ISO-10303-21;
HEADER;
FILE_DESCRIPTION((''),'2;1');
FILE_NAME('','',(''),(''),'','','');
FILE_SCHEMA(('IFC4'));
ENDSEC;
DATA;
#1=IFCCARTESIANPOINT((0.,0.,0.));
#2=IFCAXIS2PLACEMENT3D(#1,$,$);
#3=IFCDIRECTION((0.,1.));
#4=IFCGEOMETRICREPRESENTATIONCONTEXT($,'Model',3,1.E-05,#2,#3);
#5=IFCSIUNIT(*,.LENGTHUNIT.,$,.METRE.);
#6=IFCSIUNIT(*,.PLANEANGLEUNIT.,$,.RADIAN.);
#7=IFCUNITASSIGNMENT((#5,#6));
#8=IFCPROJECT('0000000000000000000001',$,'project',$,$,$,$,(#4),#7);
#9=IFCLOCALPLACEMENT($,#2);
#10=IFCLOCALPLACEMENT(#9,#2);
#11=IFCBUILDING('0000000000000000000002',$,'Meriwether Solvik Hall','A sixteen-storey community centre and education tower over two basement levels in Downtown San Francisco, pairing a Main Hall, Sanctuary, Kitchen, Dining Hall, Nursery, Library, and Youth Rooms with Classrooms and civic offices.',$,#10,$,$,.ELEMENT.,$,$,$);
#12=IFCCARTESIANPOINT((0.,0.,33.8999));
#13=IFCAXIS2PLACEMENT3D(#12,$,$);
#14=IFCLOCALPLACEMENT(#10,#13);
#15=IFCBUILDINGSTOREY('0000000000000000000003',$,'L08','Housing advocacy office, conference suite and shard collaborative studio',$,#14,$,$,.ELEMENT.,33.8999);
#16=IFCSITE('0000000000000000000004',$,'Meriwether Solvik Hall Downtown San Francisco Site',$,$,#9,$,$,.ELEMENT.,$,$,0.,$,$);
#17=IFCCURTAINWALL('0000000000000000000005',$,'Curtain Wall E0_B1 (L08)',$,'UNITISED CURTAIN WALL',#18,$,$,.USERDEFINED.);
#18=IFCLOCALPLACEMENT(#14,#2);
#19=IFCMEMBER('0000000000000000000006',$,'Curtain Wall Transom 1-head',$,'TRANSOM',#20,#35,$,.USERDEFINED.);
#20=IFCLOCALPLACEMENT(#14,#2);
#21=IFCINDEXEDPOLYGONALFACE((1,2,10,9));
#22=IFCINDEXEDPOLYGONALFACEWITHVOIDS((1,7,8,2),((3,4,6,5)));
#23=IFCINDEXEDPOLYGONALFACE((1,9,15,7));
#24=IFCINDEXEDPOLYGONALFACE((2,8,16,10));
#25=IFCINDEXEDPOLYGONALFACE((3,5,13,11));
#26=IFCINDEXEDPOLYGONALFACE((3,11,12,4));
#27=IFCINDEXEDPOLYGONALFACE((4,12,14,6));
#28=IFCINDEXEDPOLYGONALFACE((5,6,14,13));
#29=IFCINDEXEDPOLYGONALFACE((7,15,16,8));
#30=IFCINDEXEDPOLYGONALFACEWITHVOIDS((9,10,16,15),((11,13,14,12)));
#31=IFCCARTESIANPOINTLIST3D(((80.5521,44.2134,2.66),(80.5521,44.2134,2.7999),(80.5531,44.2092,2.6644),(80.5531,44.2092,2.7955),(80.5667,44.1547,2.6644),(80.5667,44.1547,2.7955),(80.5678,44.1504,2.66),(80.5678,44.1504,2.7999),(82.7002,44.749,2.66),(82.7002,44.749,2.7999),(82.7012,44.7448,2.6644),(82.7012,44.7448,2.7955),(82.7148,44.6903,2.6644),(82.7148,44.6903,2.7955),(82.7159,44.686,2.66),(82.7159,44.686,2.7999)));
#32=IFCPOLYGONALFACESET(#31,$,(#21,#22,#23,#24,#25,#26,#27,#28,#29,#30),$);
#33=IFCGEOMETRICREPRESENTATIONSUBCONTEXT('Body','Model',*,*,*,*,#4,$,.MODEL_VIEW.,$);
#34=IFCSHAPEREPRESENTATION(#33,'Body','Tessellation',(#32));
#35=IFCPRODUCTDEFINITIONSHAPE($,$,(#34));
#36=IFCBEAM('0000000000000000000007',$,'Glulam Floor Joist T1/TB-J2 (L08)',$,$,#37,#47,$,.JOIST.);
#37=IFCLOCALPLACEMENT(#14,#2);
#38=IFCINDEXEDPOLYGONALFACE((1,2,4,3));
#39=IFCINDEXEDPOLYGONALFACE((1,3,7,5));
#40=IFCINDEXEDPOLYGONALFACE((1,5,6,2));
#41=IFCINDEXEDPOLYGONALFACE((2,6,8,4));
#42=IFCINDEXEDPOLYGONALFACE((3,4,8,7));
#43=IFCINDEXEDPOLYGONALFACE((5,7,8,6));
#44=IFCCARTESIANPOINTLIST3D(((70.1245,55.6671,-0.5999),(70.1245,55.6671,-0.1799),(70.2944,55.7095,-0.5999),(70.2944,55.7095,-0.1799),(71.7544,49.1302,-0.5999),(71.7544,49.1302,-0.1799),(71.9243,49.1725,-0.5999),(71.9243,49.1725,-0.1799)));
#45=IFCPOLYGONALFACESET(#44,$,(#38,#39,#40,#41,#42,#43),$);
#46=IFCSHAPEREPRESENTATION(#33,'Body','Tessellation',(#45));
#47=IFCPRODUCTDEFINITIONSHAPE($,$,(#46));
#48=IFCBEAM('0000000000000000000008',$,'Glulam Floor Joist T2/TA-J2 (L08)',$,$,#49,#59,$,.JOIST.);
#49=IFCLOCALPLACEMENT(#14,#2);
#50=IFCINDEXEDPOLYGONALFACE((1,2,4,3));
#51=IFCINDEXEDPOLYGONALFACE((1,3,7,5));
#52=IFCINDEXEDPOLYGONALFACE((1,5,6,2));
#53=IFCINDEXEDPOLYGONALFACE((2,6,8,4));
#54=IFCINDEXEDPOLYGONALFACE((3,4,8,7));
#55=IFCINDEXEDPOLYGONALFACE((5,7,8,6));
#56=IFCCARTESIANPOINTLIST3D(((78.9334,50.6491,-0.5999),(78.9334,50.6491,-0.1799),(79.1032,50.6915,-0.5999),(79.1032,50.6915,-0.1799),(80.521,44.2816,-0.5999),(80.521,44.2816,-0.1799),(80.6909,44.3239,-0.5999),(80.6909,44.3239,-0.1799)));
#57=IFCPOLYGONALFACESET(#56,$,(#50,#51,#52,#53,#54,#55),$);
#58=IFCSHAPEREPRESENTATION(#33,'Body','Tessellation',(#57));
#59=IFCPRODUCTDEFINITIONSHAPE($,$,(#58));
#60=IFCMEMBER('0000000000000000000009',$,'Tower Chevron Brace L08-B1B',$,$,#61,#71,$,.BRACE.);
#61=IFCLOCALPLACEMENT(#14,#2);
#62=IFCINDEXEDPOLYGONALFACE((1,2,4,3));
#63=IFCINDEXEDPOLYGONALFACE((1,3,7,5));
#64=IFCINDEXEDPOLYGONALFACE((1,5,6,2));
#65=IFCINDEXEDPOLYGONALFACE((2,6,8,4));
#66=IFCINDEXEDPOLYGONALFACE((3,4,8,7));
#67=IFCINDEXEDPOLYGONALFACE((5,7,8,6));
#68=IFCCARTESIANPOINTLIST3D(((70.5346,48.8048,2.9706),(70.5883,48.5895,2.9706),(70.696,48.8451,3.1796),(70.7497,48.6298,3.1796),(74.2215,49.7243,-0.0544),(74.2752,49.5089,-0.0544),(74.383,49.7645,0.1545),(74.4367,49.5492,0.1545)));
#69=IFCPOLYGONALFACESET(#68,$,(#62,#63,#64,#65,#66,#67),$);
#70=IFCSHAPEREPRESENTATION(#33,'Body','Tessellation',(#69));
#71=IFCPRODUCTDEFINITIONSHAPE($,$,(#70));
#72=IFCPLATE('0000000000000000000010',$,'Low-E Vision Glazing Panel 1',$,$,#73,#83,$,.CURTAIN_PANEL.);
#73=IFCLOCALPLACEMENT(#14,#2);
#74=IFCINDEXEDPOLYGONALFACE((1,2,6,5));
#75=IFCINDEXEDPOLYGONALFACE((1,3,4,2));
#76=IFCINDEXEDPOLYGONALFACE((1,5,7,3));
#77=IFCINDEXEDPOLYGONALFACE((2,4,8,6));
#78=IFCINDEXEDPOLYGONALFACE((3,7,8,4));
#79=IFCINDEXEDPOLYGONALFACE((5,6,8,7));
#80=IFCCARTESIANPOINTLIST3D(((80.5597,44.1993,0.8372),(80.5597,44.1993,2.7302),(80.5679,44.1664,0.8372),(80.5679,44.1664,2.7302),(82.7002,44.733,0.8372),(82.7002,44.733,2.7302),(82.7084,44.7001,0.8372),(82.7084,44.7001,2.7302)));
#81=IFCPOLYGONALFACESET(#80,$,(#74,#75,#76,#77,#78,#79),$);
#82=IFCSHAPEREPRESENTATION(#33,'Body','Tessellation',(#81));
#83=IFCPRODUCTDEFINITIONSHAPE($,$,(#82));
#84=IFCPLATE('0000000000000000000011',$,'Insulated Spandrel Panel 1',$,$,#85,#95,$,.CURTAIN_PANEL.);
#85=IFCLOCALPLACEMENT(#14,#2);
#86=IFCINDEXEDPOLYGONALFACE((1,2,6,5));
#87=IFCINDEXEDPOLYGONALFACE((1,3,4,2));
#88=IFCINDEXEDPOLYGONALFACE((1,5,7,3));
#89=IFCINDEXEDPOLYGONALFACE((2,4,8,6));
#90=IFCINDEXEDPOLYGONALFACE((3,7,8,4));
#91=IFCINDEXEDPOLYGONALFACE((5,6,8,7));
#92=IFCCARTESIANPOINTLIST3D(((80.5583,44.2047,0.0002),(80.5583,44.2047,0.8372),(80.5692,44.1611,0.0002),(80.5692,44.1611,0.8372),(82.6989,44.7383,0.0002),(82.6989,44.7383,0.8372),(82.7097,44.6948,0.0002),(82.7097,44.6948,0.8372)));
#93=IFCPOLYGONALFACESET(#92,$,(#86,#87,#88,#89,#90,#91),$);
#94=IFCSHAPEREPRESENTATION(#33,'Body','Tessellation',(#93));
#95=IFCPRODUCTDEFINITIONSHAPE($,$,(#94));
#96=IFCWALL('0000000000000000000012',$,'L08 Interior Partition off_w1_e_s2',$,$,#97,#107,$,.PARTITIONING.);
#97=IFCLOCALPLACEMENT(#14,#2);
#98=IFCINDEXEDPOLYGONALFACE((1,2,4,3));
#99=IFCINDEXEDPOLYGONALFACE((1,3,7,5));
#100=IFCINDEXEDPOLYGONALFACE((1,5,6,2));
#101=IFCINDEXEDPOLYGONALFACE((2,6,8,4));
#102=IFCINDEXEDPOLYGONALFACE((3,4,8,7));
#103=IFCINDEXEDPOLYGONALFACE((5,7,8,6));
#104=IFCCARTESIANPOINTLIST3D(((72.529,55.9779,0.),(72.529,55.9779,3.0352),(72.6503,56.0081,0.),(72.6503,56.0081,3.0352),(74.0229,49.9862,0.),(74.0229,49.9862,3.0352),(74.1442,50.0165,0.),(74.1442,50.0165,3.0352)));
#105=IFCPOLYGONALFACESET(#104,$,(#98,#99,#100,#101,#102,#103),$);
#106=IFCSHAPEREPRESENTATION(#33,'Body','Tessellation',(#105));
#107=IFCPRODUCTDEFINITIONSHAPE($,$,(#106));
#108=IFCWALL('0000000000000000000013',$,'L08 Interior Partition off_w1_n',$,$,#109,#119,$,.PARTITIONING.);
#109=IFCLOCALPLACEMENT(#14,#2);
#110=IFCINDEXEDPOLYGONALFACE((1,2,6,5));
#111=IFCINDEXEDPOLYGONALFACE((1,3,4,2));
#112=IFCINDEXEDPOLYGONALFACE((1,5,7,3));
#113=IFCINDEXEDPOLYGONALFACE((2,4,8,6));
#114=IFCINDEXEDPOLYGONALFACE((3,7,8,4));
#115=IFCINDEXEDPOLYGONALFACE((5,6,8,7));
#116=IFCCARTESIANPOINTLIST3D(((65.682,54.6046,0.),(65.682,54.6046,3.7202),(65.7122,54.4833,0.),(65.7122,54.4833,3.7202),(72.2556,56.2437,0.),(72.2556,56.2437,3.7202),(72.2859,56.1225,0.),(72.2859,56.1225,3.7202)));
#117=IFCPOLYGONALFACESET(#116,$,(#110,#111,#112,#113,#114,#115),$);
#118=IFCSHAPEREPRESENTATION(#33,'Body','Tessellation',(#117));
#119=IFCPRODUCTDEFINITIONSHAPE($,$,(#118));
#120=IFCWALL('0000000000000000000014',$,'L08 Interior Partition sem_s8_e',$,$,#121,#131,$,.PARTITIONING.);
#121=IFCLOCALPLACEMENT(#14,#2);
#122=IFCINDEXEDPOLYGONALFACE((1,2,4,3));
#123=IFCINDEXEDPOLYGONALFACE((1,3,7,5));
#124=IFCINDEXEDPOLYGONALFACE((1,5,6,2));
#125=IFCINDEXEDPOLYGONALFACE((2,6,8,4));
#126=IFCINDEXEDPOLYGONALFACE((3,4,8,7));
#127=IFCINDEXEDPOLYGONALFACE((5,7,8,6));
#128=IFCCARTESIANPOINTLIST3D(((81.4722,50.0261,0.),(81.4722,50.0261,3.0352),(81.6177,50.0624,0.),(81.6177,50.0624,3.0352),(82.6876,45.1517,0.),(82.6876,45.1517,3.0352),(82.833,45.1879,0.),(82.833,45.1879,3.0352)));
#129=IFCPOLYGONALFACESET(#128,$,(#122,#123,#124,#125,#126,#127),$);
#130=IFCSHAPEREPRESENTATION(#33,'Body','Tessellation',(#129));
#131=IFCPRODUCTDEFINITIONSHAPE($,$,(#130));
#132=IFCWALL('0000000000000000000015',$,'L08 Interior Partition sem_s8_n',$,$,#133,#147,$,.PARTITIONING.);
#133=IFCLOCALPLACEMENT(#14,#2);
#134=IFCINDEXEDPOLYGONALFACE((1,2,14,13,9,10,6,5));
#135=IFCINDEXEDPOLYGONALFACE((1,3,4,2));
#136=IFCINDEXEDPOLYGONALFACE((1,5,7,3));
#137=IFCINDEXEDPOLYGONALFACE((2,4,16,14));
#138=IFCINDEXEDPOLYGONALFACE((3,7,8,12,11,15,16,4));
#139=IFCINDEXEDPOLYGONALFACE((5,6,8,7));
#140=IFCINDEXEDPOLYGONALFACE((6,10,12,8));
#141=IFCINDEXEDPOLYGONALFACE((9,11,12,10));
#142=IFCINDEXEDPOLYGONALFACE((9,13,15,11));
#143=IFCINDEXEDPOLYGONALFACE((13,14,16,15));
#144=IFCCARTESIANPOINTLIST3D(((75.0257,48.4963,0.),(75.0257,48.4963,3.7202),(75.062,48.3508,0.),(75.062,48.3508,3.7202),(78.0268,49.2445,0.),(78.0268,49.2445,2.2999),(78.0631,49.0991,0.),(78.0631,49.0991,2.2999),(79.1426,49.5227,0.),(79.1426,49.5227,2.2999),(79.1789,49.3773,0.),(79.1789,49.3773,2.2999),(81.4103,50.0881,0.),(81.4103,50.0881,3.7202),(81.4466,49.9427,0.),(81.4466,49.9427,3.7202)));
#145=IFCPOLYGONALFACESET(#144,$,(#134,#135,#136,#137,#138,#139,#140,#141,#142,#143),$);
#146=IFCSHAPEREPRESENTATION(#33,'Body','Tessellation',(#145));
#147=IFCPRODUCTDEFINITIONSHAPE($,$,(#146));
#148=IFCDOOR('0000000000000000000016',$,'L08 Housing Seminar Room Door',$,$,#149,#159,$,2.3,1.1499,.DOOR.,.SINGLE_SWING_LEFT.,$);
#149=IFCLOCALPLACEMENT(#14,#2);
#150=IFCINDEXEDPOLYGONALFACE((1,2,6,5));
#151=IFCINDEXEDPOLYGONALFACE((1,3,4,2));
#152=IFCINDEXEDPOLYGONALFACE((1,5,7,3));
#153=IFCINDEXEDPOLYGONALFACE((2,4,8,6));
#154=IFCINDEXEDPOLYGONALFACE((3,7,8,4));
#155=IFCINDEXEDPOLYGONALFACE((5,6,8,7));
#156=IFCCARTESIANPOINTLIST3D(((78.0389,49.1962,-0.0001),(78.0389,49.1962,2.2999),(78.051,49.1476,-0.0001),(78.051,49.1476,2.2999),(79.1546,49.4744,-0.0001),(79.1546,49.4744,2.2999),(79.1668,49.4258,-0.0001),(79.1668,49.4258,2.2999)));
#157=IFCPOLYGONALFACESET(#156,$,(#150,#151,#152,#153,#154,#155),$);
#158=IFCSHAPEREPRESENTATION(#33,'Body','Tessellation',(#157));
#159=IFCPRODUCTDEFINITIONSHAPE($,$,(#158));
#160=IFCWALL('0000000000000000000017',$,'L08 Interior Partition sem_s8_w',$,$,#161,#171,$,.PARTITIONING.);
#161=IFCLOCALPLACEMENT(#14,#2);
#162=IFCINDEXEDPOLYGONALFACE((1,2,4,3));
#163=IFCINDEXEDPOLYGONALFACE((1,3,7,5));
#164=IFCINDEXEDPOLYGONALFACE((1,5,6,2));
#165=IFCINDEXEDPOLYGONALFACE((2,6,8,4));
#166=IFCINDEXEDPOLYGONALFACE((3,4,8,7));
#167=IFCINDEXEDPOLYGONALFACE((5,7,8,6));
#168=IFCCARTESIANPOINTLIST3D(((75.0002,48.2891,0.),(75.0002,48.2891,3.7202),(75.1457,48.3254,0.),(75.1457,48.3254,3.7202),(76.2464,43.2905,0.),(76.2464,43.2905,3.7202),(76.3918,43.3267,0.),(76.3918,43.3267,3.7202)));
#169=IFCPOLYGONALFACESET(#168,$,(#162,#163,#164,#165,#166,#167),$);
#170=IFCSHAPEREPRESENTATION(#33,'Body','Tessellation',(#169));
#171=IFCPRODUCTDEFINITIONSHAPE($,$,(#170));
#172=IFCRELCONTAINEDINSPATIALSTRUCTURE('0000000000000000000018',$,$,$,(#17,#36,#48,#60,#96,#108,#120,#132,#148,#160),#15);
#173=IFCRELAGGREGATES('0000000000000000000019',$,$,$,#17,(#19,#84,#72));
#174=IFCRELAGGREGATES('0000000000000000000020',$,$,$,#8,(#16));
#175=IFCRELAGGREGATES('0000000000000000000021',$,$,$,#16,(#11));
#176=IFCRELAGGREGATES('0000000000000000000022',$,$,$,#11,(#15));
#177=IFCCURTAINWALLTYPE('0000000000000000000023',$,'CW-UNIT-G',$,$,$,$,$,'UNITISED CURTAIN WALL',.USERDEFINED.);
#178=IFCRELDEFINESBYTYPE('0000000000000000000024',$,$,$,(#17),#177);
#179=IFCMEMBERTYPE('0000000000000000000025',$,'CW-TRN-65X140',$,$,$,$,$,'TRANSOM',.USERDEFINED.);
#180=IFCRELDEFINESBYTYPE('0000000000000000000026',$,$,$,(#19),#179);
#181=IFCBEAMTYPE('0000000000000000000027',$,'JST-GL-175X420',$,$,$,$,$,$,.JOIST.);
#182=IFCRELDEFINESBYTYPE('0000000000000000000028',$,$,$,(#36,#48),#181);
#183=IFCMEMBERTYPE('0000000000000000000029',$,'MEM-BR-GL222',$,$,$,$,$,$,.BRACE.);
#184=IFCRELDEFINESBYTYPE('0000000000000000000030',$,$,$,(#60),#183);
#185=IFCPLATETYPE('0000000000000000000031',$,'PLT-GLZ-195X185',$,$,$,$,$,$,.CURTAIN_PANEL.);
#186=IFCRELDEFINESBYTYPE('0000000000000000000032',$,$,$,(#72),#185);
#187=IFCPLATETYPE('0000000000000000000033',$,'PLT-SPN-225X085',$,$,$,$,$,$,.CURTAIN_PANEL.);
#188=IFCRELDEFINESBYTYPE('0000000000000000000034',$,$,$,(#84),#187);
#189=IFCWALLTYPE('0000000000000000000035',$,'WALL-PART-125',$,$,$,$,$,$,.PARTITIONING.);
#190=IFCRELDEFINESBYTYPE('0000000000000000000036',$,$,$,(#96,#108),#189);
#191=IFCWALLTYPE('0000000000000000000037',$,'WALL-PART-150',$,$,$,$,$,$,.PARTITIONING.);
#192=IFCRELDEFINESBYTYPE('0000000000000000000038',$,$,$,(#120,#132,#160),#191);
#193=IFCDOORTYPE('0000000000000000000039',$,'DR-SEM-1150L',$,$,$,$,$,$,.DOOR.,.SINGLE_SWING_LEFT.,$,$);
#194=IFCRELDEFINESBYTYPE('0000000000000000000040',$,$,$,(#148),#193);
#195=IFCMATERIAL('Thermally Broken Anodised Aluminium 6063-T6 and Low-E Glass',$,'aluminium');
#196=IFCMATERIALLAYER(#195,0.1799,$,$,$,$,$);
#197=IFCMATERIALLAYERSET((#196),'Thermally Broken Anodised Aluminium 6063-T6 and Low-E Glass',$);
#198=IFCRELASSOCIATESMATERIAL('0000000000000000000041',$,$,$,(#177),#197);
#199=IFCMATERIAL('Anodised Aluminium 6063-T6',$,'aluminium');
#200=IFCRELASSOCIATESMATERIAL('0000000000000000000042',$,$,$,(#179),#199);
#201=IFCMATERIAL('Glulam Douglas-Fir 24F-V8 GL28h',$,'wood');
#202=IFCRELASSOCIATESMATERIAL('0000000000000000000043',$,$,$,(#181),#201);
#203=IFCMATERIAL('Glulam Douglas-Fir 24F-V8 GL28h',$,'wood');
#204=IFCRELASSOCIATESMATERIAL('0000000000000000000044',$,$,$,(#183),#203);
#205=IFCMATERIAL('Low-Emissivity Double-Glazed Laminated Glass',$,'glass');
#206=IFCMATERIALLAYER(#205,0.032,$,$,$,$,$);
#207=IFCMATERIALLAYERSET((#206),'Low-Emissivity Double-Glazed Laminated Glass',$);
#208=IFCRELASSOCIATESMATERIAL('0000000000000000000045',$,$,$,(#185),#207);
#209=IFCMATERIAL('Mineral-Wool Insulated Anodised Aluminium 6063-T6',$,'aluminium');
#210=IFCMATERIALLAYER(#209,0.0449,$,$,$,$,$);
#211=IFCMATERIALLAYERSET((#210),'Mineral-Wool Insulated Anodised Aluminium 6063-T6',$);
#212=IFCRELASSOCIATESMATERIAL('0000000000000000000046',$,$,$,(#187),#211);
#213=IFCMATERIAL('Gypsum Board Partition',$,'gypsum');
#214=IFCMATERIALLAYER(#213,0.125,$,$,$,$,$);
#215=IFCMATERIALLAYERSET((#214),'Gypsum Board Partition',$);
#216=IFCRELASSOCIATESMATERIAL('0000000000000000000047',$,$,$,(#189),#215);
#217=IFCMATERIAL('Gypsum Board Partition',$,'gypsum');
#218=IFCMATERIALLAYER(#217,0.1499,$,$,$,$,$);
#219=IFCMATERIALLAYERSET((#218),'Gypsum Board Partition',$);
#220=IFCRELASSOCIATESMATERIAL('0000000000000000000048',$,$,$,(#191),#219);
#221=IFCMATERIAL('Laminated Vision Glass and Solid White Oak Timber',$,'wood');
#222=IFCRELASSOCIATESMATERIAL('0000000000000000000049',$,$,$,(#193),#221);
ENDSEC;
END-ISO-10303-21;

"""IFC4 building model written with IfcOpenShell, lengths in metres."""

from ifc_helpers import new_model, si_unit, direction, frame, frame_2d, origin, origin_2d, place, context, subcontext, project, spatial, rectangle, hollow_rectangle, extrude, material, layer, layer_set, material_profile, profile_set, type_object, element, fill, aggregate, save


model = new_model("IFC4")

# Units and contexts
model_context = context("Model", 3, precision=1e-05, world=origin(), true_north=direction((0.0, 1.0)))
body_context = subcontext(model_context, "Body", "Model", "MODEL_VIEW")
ifc_project = project(units=[si_unit("LENGTHUNIT", "METRE"), si_unit("PLANEANGLEUNIT", "RADIAN")], contexts=[model_context])

# Site, building, storey
site_placement = place(None, origin())
site = spatial("IfcSite", under=ifc_project, at=site_placement, Name="Meriwether Solvik Hall Downtown San Francisco Site", CompositionType="ELEMENT", RefElevation=0.0)
building_placement = place(site_placement, origin())
building = spatial("IfcBuilding", under=site, at=building_placement, Name="Meriwether Solvik Hall", Description="A sixteen-storey community centre and education tower over two basement levels in Downtown San Francisco, pairing a Main Hall, Sanctuary, Kitchen, Dining Hall, Nursery, Library, and Youth Rooms with Classrooms and civic offices.", CompositionType="ELEMENT")
storey_placement = place(building_placement, frame((0.0, 0.0, 33.8999)))
storey = spatial("IfcBuildingStorey", under=building, at=storey_placement, Name="L08", Description="Housing advocacy office, conference suite and shard collaborative studio", CompositionType="ELEMENT", Elevation=33.8999)

# Curtain wall, member
ifc_material_1 = material(Name="Thermally Broken Anodised Aluminium 6063-T6 and Low-E Glass", Category="aluminium")
ifc_layer_1 = layer(ifc_material_1, 0.1799)
ifc_layer_set_1 = layer_set([ifc_layer_1], Name="Thermally Broken Anodised Aluminium 6063-T6 and Low-E Glass")
curtain_wall_type = type_object("IfcCurtainWallType", Name="CW-UNIT-G", ElementType="UNITISED CURTAIN WALL", PredefinedType="USERDEFINED", material=ifc_layer_set_1)
curtain_wall_placement = place(storey_placement, origin())
curtain_wall = element("IfcCurtainWall", 1, at=curtain_wall_placement, inside=storey, type_object=curtain_wall_type, Name="Curtain Wall E0_B1 (L08)", ObjectType="UNITISED CURTAIN WALL", PredefinedType="USERDEFINED")
ifc_material_2 = material(Name="Anodised Aluminium 6063-T6", Category="aluminium")
ifc_material_profile_1 = material_profile(ifc_material_2, hollow_rectangle(XDim=0.0649, YDim=0.1399, WallThickness=0.0044, at=origin_2d()), Name="CWT-65X140")
ifc_profile_set_1 = profile_set([ifc_material_profile_1], Name="Anodised Aluminium 6063-T6")
member_type_1 = type_object("IfcMemberType", Name="CW-TRN-65X140", ElementType="TRANSOM", PredefinedType="USERDEFINED", material=ifc_profile_set_1)
member_1_placement = place(storey_placement, frame((82.708, 44.7175, 2.73), z_axis=(-0.970292, -0.241939, 0.0), x_axis=(0.241939, -0.970292, 0.0)))
member_1 = element("IfcMember", 2, at=member_1_placement, type_object=member_type_1, Name="Curtain Wall Transom 1-head", ObjectType="TRANSOM", PredefinedType="USERDEFINED", context=body_context, shape_type="SweptSolid", body=[
    extrude(hollow_rectangle(XDim=0.0649, YDim=0.1399, WallThickness=0.0044, at=origin_2d()), origin(), (0.0, 0.0, 1.0), 2.2139),
])

# Beams
ifc_material_3 = material(Name="Glulam Douglas-Fir 24F-V8 GL28h", Category="wood")
ifc_material_profile_2 = material_profile(ifc_material_3, rectangle(XDim=0.175, YDim=0.4199, at=origin_2d()), Name="GLJ-175X420")
ifc_profile_set_2 = profile_set([ifc_material_profile_2], Name="Glulam Douglas-Fir 24F-V8 GL28h")
beam_type_1 = type_object("IfcBeamType", Name="JST-GL-175X420", PredefinedType="JOIST", material=ifc_profile_set_2)
beam_1_placement = place(storey_placement, frame((71.8394, 49.1514, -0.3899), z_axis=(-0.24193, 0.970294, 0.0), x_axis=(-0.970294, -0.24193, 0.0)))
element("IfcBeam", 3, at=beam_1_placement, inside=storey, type_object=beam_type_1, Name="Glulam Floor Joist T1/TB-J2 (L08)", PredefinedType="JOIST", context=body_context, shape_type="SweptSolid", body=[
    extrude(rectangle(XDim=0.175, YDim=0.4199, at=origin_2d()), origin(), (0.0, 0.0, 1.0), 6.7371),
])
beam_2_placement = place(storey_placement, frame((80.606, 44.3027, -0.3899), z_axis=(-0.241932, 0.970293, 0.0), x_axis=(-0.970293, -0.241932, 0.0)))
element("IfcBeam", 4, at=beam_2_placement, inside=storey, type_object=beam_type_1, Name="Glulam Floor Joist T2/TA-J2 (L08)", PredefinedType="JOIST", context=body_context, shape_type="SweptSolid", body=[
    extrude(rectangle(XDim=0.175, YDim=0.4199, at=origin_2d()), origin(), (0.0, 0.0, 1.0), 6.5625),
])

# Member
ifc_material_4 = material(Name="Glulam Douglas-Fir 24F-V8 GL28h", Category="wood")
ifc_material_profile_3 = material_profile(ifc_material_4, rectangle(XDim=0.2219, YDim=0.2671, at=origin_2d()), Name="GLM-222X267")
ifc_profile_set_3 = profile_set([ifc_material_profile_3], Name="Glulam Douglas-Fir 24F-V8 GL28h")
member_type_2 = type_object("IfcMemberType", Name="MEM-BR-GL222", PredefinedType="BRACE", material=ifc_profile_set_3)
member_2_placement = place(storey_placement, frame((74.3291, 49.6367, 0.05), z_axis=(-0.759105, -0.189299, 0.622836), x_axis=(0.241961, -0.970286, 0.0)))
element("IfcMember", 5, at=member_2_placement, inside=storey, type_object=member_type_2, Name="Tower Chevron Brace L08-B1B", PredefinedType="BRACE", context=body_context, shape_type="SweptSolid", body=[
    extrude(rectangle(XDim=0.2219, YDim=0.2671, at=origin_2d()), origin(), (0.0, 0.0, 1.0), 4.8569),
])

# Plates
ifc_material_5 = material(Name="Low-Emissivity Double-Glazed Laminated Glass", Category="glass")
ifc_layer_2 = layer(ifc_material_5, 0.032)
ifc_layer_set_2 = layer_set([ifc_layer_2], Name="Low-Emissivity Double-Glazed Laminated Glass")
plate_type_1 = type_object("IfcPlateType", Name="PLT-GLZ-195X185", PredefinedType="CURTAIN_PANEL", material=ifc_layer_set_2)
plate_1_placement = place(storey_placement, frame((81.634, 44.4497, 0.8372), z_axis=(0.0, 0.0, 1.0), x_axis=(-0.970296, -0.241922, 0.0)))
plate_1 = element("IfcPlate", 6, at=plate_1_placement, type_object=plate_type_1, Name="Low-E Vision Glazing Panel 1", PredefinedType="CURTAIN_PANEL", context=body_context, shape_type="SweptSolid", body=[
    extrude(rectangle(XDim=2.2061, YDim=0.0339, at=origin_2d()), origin(), (0.0, 0.0, 1.0), 1.8931),
])
ifc_material_6 = material(Name="Mineral-Wool Insulated Anodised Aluminium 6063-T6", Category="aluminium")
ifc_layer_3 = layer(ifc_material_6, 0.0449)
ifc_layer_set_3 = layer_set([ifc_layer_3], Name="Mineral-Wool Insulated Anodised Aluminium 6063-T6")
plate_type_2 = type_object("IfcPlateType", Name="PLT-SPN-225X085", PredefinedType="CURTAIN_PANEL", material=ifc_layer_set_3)
plate_2_placement = place(storey_placement, frame((81.634, 44.4497, 0.0002), z_axis=(0.0, 0.0, 1.0), x_axis=(-0.970296, -0.241922, 0.0)))
plate_2 = element("IfcPlate", 7, at=plate_2_placement, type_object=plate_type_2, Name="Insulated Spandrel Panel 1", PredefinedType="CURTAIN_PANEL", context=body_context, shape_type="SweptSolid", body=[
    extrude(rectangle(XDim=2.2061, YDim=0.0449, at=origin_2d()), origin(), (0.0, 0.0, 1.0), 0.8369),
])
aggregate(curtain_wall, [member_1, plate_2, plate_1])

# Walls
ifc_material_7 = material(Name="Gypsum Board Partition", Category="gypsum")
ifc_layer_4 = layer(ifc_material_7, 0.125)
ifc_layer_set_4 = layer_set([ifc_layer_4], Name="Gypsum Board Partition")
wall_type_1 = type_object("IfcWallType", Name="WALL-PART-125", PredefinedType="PARTITIONING", material=ifc_layer_set_4)
wall_1_placement = place(storey_placement, frame((74.0835, 50.0015, 0.0), z_axis=(0.0, 0.0, 1.0), x_axis=(-0.241922, 0.970296, 0.0)))
element("IfcWall", 8, at=wall_1_placement, inside=storey, type_object=wall_type_1, Name="L08 Interior Partition off_w1_e_s2", PredefinedType="PARTITIONING", context=body_context, shape_type="SweptSolid", body=[
    extrude(rectangle(XDim=6.175, YDim=0.125, at=frame_2d((3.0874, 0.0))), origin(), (0.0, 0.0, 1.0), 3.0352),
])
wall_2_placement = place(storey_placement, frame((72.2708, 56.1831, 0.0), z_axis=(0.0, 0.0, 1.0), x_axis=(-0.970291, -0.241942, 0.0)))
element("IfcWall", 9, at=wall_2_placement, inside=storey, type_object=wall_type_1, Name="L08 Interior Partition off_w1_n", PredefinedType="PARTITIONING", context=body_context, shape_type="SweptSolid", body=[
    extrude(rectangle(XDim=6.7749, YDim=0.125, at=frame_2d((3.3875, 0.0))), origin(), (0.0, 0.0, 1.0), 3.7202),
])
ifc_material_8 = material(Name="Gypsum Board Partition", Category="gypsum")
ifc_layer_5 = layer(ifc_material_8, 0.1499)
ifc_layer_set_5 = layer_set([ifc_layer_5], Name="Gypsum Board Partition")
wall_type_2 = type_object("IfcWallType", Name="WALL-PART-150", PredefinedType="PARTITIONING", material=ifc_layer_set_5)
wall_3_placement = place(storey_placement, frame((82.7603, 45.1699, 0.0), z_axis=(0.0, 0.0, 1.0), x_axis=(-0.241918, 0.970297, 0.0)))
element("IfcWall", 10, at=wall_3_placement, inside=storey, type_object=wall_type_2, Name="L08 Interior Partition sem_s8_e", PredefinedType="PARTITIONING", context=body_context, shape_type="SweptSolid", body=[
    extrude(rectangle(XDim=5.0237, YDim=0.1499, at=frame_2d((2.5117, 0.0))), origin(), (0.0, 0.0, 1.0), 3.0352),
])

# Wall, opening, door
wall_4_placement = place(storey_placement, frame((81.4285, 50.0154, 0.0), z_axis=(0.0, 0.0, 1.0), x_axis=(-0.970297, -0.241916, 0.0)))
wall_4 = element("IfcWall", 11, at=wall_4_placement, inside=storey, type_object=wall_type_2, Name="L08 Interior Partition sem_s8_n", PredefinedType="PARTITIONING", context=body_context, shape_type="SweptSolid", body=[
    extrude(rectangle(XDim=6.5801, YDim=0.1499, at=frame_2d((3.29, 0.0))), origin(), (0.0, 0.0, 1.0), 3.7202),
])
opening_1_placement = place(wall_4_placement, frame((2.3372, 0.0, 0.0)))
opening_1 = element("IfcOpeningElement", 12, at=opening_1_placement, cuts=wall_4, PredefinedType="OPENING", context=body_context, shape_type="SweptSolid", body=[
    extrude(rectangle(XDim=1.1499, YDim=2.3, at=frame_2d((0.575, 1.1499))), frame((0.0, 0.0869, 0.0), z_axis=(0.0, -1.0, 0.0), x_axis=(1.0, 0.0, 0.0)), (0.0, 0.0, 1.0), 0.1738),
])
ifc_material_9 = material(Name="Laminated Vision Glass and Solid White Oak Timber", Category="wood")
door_type_1 = type_object("IfcDoorType", Name="DR-SEM-1150L", OperationType="SINGLE_SWING_LEFT", PredefinedType="DOOR", material=ifc_material_9)
door_1_placement = place(opening_1_placement, origin())
door_1 = element("IfcDoor", 13, at=door_1_placement, inside=storey, type_object=door_type_1, Name="L08 Housing Seminar Room Door", OperationType="SINGLE_SWING_LEFT", OverallHeight=2.3, OverallWidth=1.1499, PredefinedType="DOOR", context=body_context, shape_type="SweptSolid", body=[
    extrude(rectangle(XDim=1.1499, YDim=2.3, at=frame_2d((0.575, 1.1499))), frame((0.0, 0.0249, 0.0), z_axis=(0.0, -1.0, 0.0), x_axis=(1.0, 0.0, 0.0)), (0.0, 0.0, 1.0), 0.05),
])
fill(opening_1, door_1)

# Wall
wall_5_placement = place(storey_placement, frame((75.073, 48.3071, 0.0), z_axis=(0.0, 0.0, 1.0), x_axis=(0.241889, -0.970304, 0.0)))
element("IfcWall", 14, at=wall_5_placement, inside=storey, type_object=wall_type_2, Name="L08 Interior Partition sem_s8_w", PredefinedType="PARTITIONING", context=body_context, shape_type="SweptSolid", body=[
    extrude(rectangle(XDim=5.1516, YDim=0.1499, at=frame_2d((2.5757, 0.0))), origin(), (0.0, 0.0, 1.0), 3.7202),
])

save(model, "model.ifc")
